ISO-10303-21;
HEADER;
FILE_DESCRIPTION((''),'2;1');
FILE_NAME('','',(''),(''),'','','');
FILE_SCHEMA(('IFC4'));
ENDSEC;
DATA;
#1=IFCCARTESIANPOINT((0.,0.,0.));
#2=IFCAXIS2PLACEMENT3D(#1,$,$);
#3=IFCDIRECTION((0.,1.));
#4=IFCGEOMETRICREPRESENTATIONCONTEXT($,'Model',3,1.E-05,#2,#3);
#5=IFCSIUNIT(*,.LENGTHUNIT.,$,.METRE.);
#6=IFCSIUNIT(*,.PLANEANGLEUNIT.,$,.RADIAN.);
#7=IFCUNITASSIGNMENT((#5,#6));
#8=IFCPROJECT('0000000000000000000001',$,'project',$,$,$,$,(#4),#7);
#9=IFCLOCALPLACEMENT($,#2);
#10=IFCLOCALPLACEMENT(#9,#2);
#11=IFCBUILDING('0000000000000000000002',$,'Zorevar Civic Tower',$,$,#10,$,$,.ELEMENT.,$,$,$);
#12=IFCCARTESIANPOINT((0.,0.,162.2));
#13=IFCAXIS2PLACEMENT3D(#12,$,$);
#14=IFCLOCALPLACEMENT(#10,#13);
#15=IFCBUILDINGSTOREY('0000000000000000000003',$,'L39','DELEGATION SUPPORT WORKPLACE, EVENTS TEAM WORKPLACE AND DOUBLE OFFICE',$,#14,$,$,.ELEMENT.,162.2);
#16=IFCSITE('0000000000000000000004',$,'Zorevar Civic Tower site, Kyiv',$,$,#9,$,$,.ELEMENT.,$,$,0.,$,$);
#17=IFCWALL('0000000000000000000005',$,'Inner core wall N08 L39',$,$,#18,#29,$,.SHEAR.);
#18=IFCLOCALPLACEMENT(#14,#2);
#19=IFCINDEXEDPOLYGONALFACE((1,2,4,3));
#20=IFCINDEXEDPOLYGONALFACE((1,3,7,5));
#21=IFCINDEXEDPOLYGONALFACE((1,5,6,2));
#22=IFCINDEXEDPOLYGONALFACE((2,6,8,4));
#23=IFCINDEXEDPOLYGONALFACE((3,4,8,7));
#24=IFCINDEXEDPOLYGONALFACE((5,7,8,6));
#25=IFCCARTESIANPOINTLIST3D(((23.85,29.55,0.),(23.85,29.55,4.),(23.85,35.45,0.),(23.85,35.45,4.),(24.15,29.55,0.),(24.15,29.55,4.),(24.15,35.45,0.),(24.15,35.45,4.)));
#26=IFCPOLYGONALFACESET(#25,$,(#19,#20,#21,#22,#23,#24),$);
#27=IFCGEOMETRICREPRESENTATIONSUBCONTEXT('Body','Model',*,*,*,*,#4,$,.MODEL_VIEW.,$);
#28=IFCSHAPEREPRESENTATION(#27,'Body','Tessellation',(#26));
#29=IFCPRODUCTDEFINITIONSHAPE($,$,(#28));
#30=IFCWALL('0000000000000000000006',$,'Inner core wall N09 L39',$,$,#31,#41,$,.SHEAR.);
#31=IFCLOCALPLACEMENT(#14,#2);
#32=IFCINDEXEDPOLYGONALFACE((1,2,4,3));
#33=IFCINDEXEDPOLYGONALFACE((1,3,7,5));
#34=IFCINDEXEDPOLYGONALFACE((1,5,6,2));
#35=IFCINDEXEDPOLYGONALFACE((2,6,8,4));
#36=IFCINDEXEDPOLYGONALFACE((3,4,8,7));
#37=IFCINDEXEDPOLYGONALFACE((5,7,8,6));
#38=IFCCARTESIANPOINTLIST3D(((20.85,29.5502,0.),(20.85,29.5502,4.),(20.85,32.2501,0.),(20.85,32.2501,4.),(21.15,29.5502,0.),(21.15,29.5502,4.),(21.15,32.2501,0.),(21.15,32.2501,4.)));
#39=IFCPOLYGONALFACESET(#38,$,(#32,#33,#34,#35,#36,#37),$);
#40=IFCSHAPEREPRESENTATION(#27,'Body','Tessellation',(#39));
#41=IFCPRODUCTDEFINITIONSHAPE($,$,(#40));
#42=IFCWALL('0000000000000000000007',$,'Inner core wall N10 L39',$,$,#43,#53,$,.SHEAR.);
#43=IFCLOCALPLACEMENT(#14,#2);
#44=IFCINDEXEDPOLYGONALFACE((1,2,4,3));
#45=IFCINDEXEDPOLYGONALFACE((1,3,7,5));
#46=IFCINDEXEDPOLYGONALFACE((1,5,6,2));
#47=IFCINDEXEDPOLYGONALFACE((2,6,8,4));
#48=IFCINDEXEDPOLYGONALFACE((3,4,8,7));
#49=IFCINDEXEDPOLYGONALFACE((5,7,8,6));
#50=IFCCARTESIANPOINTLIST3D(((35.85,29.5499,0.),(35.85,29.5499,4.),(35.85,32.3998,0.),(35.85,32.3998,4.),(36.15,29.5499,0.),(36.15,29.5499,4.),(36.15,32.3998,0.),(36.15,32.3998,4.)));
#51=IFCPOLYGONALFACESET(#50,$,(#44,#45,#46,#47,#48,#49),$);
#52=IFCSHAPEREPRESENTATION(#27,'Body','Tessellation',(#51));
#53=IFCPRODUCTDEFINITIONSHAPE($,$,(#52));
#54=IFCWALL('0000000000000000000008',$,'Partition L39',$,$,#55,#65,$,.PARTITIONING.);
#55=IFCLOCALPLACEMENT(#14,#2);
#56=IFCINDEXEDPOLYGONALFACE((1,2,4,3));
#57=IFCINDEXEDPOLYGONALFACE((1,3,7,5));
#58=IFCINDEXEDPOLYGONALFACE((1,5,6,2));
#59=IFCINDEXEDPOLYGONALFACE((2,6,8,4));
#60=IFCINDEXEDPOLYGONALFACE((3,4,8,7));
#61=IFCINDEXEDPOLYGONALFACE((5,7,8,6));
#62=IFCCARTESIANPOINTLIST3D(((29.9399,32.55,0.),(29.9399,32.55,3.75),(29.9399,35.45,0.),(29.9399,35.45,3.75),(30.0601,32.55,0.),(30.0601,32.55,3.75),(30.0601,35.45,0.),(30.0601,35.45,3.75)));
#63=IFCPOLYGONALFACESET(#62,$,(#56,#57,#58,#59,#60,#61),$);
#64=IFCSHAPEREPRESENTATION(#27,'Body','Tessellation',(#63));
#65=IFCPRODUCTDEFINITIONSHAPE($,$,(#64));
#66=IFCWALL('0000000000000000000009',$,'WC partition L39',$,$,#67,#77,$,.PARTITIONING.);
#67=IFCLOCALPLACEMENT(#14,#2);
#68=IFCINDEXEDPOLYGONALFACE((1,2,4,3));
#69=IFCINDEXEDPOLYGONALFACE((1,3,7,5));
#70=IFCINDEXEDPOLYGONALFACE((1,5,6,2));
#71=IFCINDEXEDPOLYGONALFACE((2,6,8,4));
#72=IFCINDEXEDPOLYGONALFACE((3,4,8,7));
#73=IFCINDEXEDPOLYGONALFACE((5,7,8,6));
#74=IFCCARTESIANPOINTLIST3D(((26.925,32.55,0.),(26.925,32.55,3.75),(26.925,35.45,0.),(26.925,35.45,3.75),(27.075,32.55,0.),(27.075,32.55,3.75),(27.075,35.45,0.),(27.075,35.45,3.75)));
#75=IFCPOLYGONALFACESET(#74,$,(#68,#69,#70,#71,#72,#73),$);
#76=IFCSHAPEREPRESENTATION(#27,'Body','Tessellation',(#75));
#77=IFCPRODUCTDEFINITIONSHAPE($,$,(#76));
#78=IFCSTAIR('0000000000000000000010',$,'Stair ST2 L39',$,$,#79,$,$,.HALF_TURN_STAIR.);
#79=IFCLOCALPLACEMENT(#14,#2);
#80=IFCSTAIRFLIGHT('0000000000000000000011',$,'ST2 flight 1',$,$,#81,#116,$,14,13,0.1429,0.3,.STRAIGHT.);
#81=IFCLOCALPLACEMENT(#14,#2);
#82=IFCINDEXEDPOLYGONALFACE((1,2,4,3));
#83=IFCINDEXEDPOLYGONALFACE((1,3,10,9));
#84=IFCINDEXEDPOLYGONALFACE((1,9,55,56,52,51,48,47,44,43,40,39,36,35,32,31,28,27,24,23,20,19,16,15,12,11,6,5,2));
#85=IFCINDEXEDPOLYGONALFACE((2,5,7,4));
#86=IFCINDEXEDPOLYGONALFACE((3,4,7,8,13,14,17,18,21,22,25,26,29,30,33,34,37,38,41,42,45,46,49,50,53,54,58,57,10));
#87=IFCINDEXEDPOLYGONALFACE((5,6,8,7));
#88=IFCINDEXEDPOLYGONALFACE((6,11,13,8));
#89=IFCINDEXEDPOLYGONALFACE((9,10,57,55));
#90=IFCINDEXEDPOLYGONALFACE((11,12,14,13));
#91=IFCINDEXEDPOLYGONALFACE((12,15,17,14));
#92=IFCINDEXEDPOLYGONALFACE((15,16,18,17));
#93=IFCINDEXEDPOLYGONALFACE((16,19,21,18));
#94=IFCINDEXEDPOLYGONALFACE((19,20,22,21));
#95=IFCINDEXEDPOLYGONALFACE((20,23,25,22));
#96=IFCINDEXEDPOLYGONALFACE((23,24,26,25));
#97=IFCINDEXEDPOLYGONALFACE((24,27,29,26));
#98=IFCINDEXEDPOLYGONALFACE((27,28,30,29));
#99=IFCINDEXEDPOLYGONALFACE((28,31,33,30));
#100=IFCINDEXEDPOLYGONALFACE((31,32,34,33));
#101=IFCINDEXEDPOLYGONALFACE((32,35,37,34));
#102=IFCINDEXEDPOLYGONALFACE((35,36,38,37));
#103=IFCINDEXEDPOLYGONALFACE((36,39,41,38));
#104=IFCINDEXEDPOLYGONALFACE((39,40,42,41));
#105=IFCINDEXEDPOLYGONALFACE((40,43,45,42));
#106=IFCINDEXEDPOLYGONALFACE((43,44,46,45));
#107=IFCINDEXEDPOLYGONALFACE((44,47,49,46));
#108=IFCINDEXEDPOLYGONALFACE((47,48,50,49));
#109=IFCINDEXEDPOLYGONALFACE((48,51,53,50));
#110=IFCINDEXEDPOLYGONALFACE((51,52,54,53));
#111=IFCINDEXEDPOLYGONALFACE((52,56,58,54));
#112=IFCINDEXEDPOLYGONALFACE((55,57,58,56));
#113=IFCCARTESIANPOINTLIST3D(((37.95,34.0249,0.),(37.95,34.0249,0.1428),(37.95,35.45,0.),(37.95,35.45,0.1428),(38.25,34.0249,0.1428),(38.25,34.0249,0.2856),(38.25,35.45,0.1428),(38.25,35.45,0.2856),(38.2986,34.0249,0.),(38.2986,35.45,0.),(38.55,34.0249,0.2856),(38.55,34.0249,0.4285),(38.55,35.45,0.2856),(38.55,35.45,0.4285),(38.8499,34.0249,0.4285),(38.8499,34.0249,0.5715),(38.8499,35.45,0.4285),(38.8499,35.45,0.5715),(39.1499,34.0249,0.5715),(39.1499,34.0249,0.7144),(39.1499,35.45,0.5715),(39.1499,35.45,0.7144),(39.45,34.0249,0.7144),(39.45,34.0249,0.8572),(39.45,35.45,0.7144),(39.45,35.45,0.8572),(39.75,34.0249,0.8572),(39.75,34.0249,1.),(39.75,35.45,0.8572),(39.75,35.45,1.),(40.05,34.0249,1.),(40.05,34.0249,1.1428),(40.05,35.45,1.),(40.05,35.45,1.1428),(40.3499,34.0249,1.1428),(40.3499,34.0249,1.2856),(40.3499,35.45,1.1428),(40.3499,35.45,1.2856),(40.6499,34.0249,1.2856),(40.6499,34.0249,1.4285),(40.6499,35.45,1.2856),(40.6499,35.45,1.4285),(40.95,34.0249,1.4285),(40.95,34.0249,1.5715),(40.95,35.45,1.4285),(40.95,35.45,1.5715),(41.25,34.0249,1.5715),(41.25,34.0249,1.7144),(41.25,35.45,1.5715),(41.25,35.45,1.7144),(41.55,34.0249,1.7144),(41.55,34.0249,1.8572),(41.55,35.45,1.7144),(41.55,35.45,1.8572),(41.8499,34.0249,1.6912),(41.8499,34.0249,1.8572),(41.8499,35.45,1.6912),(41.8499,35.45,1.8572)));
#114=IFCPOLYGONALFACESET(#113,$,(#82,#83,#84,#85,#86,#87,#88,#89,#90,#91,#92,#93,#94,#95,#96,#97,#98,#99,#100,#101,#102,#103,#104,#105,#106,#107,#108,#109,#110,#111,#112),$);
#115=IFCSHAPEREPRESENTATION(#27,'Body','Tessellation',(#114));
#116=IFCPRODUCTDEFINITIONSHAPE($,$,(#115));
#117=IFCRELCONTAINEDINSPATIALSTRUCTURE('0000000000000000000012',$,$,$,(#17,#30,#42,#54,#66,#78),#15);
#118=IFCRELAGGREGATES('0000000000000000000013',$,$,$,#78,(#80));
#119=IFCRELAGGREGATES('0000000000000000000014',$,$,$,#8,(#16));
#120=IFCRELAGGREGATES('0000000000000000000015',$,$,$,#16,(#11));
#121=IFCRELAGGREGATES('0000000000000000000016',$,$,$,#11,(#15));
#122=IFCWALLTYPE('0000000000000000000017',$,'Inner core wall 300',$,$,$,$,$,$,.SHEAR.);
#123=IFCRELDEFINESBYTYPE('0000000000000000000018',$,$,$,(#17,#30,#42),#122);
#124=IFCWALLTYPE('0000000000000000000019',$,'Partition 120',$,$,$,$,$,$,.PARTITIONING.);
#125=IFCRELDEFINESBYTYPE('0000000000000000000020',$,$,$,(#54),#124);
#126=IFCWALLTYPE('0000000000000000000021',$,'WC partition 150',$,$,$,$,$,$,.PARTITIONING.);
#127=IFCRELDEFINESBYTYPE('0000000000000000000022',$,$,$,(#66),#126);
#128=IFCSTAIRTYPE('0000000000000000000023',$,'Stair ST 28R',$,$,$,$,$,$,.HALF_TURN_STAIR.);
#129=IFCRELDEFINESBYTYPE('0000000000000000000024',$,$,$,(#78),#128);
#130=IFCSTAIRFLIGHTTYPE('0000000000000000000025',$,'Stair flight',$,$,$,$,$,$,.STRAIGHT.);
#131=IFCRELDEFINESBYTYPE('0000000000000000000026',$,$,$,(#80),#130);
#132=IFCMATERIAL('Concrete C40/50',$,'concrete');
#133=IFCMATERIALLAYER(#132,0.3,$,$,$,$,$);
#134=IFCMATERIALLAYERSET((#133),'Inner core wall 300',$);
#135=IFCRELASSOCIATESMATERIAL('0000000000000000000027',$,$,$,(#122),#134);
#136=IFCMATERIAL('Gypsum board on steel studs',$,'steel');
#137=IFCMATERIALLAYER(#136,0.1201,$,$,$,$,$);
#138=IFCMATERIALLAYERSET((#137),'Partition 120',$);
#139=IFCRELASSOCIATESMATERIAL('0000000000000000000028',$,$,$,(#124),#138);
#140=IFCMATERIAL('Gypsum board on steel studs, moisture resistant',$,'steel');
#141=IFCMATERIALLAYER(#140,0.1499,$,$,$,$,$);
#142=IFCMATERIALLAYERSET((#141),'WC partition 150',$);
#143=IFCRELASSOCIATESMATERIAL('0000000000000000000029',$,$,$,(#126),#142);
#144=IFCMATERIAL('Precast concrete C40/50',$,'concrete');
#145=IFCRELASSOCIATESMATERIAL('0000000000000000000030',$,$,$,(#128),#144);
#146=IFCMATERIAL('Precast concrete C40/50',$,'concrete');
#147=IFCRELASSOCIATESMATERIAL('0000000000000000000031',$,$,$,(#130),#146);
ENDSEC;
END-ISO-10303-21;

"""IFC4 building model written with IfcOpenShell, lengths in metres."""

from ifc_helpers import new_model, si_unit, direction, frame, frame_2d, origin, place, context, subcontext, project, spatial, polyline, rectangle, outline, extrude, material, layer, layer_set, type_object, element, aggregate, save


model = new_model("IFC4")

# Units and contexts
model_context = context("Model", 3, precision=1e-05, world=origin(), true_north=direction((0.0, 1.0)))
body_context = subcontext(model_context, "Body", "Model", "MODEL_VIEW")
ifc_project = project(units=[si_unit("LENGTHUNIT", "METRE"), si_unit("PLANEANGLEUNIT", "RADIAN")], contexts=[model_context])

# Site, building, storey
site_placement = place(None, origin())
site = spatial("IfcSite", under=ifc_project, at=site_placement, Name="Zorevar Civic Tower site, Kyiv", CompositionType="ELEMENT", RefElevation=0.0)
building_placement = place(site_placement, origin())
building = spatial("IfcBuilding", under=site, at=building_placement, Name="Zorevar Civic Tower", CompositionType="ELEMENT")
storey_placement = place(building_placement, frame((0.0, 0.0, 162.2)))
storey = spatial("IfcBuildingStorey", under=building, at=storey_placement, Name="L39", Description="DELEGATION SUPPORT WORKPLACE, EVENTS TEAM WORKPLACE AND DOUBLE OFFICE", CompositionType="ELEMENT", Elevation=162.2)

# Shared definitions
ifc_material_1 = material(Name="Concrete C40/50", Category="concrete")
ifc_layer_1 = layer(ifc_material_1, 0.3)
ifc_layer_set_1 = layer_set([ifc_layer_1], Name="Inner core wall 300")
wall_type_1 = type_object("IfcWallType", Name="Inner core wall 300", PredefinedType="SHEAR", material=ifc_layer_set_1)

# Walls
wall_1_placement = place(storey_placement, frame((24.0, 29.55, 0.0), z_axis=(0.0, 0.0, 1.0), x_axis=(0.0, 1.0, 0.0)))
element("IfcWall", 1, at=wall_1_placement, inside=storey, type_object=wall_type_1, Name="Inner core wall N08 L39", PredefinedType="SHEAR", context=body_context, shape_type="SweptSolid", body=[
    extrude(rectangle(XDim=5.8999, YDim=0.3, at=frame_2d((2.95, 0.0))), origin(), (0.0, 0.0, 1.0), 4.0),
])
wall_2_placement = place(storey_placement, frame((21.0, 29.55, 0.0), z_axis=(0.0, 0.0, 1.0), x_axis=(0.0, 1.0, 0.0)))
element("IfcWall", 2, at=wall_2_placement, inside=storey, type_object=wall_type_1, Name="Inner core wall N09 L39", PredefinedType="SHEAR", context=body_context, shape_type="SweptSolid", body=[
    extrude(rectangle(XDim=2.7, YDim=0.3, at=frame_2d((1.3501, 0.0))), origin(), (0.0, 0.0, 1.0), 4.0),
])
wall_3_placement = place(storey_placement, frame((36.0, 29.55, 0.0), z_axis=(0.0, 0.0, 1.0), x_axis=(0.0, 1.0, 0.0)))
element("IfcWall", 3, at=wall_3_placement, inside=storey, type_object=wall_type_1, Name="Inner core wall N10 L39", PredefinedType="SHEAR", context=body_context, shape_type="SweptSolid", body=[
    extrude(rectangle(XDim=2.8499, YDim=0.3, at=frame_2d((1.4248, 0.0))), origin(), (0.0, 0.0, 1.0), 4.0),
])
ifc_material_2 = material(Name="Gypsum board on steel studs", Category="steel")
ifc_layer_2 = layer(ifc_material_2, 0.1201)
ifc_layer_set_2 = layer_set([ifc_layer_2], Name="Partition 120")
wall_type_2 = type_object("IfcWallType", Name="Partition 120", PredefinedType="PARTITIONING", material=ifc_layer_set_2)
wall_4_placement = place(storey_placement, frame((30.0, 32.55, 0.0), z_axis=(0.0, 0.0, 1.0), x_axis=(0.0, 1.0, 0.0)))
element("IfcWall", 4, at=wall_4_placement, inside=storey, type_object=wall_type_2, Name="Partition L39", PredefinedType="PARTITIONING", context=body_context, shape_type="SweptSolid", body=[
    extrude(rectangle(XDim=2.8999, YDim=0.1201, at=frame_2d((1.45, 0.0))), origin(), (0.0, 0.0, 1.0), 3.75),
])

# Wall
ifc_material_3 = material(Name="Gypsum board on steel studs, moisture resistant", Category="steel")
ifc_layer_3 = layer(ifc_material_3, 0.1499)
ifc_layer_set_3 = layer_set([ifc_layer_3], Name="WC partition 150")
wall_type_3 = type_object("IfcWallType", Name="WC partition 150", PredefinedType="PARTITIONING", material=ifc_layer_set_3)
wall_5_placement = place(storey_placement, frame((27.0, 32.55, 0.0), z_axis=(0.0, 0.0, 1.0), x_axis=(0.0, 1.0, 0.0)))
element("IfcWall", 5, at=wall_5_placement, inside=storey, type_object=wall_type_3, Name="WC partition L39", PredefinedType="PARTITIONING", context=body_context, shape_type="SweptSolid", body=[
    extrude(rectangle(XDim=2.8999, YDim=0.1499, at=frame_2d((1.45, 0.0))), origin(), (0.0, 0.0, 1.0), 3.75),
])

# Stair, stair flight
ifc_material_4 = material(Name="Precast concrete C40/50", Category="concrete")
stair_type = type_object("IfcStairType", Name="Stair ST 28R", PredefinedType="HALF_TURN_STAIR", material=ifc_material_4)
stair_placement = place(storey_placement, origin())
stair = element("IfcStair", 6, at=stair_placement, inside=storey, type_object=stair_type, Name="Stair ST2 L39", PredefinedType="HALF_TURN_STAIR")
ifc_material_5 = material(Name="Precast concrete C40/50", Category="concrete")
stair_flight_type = type_object("IfcStairFlightType", Name="Stair flight", PredefinedType="STRAIGHT", material=ifc_material_5)
stair_flight_placement = place(storey_placement, frame((37.95, 34.7375, 0.0), z_axis=(0.0, 0.0, 1.0), x_axis=(1.0, 0.0, 0.0)))
stair_flight = element("IfcStairFlight", 7, at=stair_flight_placement, type_object=stair_flight_type, Name="ST2 flight 1", NumberOfRisers=14, NumberOfTreads=13, PredefinedType="STRAIGHT", RiserHeight=0.1429, TreadLength=0.3, context=body_context, shape_type="SweptSolid", body=[
    extrude(outline(polyline([(0.0, 0.0), (0.0, 0.1428), (0.3, 0.1428), (0.3, 0.2856), (0.6001, 0.2856), (0.6001, 0.4285), (0.8999, 0.4285), (0.8999, 0.5715), (1.2, 0.5715), (1.2, 0.7144), (1.5, 0.7144), (1.5, 0.8572), (1.8, 0.8572), (1.8, 1.0), (2.1001, 1.0), (2.1001, 1.1428), (2.3999, 1.1428), (2.3999, 1.2856), (2.7, 1.2856), (2.7, 1.4285), (3.0, 1.4285), (3.0, 1.5715), (3.3, 1.5715), (3.3, 1.7144), (3.6001, 1.7144), (3.6001, 1.8572), (3.8999, 1.8572), (3.8999, 2.0), (3.8999, 1.6912), (0.3486, 0.0), (0.0, 0.0)])), frame((0.0, 0.7124, 0.0), z_axis=(0.0, -1.0, 0.0), x_axis=(1.0, 0.0, 0.0)), (0.0, 0.0, 1.0), 1.425),
])
aggregate(stair, [stair_flight])

save(model, "model.ifc")
